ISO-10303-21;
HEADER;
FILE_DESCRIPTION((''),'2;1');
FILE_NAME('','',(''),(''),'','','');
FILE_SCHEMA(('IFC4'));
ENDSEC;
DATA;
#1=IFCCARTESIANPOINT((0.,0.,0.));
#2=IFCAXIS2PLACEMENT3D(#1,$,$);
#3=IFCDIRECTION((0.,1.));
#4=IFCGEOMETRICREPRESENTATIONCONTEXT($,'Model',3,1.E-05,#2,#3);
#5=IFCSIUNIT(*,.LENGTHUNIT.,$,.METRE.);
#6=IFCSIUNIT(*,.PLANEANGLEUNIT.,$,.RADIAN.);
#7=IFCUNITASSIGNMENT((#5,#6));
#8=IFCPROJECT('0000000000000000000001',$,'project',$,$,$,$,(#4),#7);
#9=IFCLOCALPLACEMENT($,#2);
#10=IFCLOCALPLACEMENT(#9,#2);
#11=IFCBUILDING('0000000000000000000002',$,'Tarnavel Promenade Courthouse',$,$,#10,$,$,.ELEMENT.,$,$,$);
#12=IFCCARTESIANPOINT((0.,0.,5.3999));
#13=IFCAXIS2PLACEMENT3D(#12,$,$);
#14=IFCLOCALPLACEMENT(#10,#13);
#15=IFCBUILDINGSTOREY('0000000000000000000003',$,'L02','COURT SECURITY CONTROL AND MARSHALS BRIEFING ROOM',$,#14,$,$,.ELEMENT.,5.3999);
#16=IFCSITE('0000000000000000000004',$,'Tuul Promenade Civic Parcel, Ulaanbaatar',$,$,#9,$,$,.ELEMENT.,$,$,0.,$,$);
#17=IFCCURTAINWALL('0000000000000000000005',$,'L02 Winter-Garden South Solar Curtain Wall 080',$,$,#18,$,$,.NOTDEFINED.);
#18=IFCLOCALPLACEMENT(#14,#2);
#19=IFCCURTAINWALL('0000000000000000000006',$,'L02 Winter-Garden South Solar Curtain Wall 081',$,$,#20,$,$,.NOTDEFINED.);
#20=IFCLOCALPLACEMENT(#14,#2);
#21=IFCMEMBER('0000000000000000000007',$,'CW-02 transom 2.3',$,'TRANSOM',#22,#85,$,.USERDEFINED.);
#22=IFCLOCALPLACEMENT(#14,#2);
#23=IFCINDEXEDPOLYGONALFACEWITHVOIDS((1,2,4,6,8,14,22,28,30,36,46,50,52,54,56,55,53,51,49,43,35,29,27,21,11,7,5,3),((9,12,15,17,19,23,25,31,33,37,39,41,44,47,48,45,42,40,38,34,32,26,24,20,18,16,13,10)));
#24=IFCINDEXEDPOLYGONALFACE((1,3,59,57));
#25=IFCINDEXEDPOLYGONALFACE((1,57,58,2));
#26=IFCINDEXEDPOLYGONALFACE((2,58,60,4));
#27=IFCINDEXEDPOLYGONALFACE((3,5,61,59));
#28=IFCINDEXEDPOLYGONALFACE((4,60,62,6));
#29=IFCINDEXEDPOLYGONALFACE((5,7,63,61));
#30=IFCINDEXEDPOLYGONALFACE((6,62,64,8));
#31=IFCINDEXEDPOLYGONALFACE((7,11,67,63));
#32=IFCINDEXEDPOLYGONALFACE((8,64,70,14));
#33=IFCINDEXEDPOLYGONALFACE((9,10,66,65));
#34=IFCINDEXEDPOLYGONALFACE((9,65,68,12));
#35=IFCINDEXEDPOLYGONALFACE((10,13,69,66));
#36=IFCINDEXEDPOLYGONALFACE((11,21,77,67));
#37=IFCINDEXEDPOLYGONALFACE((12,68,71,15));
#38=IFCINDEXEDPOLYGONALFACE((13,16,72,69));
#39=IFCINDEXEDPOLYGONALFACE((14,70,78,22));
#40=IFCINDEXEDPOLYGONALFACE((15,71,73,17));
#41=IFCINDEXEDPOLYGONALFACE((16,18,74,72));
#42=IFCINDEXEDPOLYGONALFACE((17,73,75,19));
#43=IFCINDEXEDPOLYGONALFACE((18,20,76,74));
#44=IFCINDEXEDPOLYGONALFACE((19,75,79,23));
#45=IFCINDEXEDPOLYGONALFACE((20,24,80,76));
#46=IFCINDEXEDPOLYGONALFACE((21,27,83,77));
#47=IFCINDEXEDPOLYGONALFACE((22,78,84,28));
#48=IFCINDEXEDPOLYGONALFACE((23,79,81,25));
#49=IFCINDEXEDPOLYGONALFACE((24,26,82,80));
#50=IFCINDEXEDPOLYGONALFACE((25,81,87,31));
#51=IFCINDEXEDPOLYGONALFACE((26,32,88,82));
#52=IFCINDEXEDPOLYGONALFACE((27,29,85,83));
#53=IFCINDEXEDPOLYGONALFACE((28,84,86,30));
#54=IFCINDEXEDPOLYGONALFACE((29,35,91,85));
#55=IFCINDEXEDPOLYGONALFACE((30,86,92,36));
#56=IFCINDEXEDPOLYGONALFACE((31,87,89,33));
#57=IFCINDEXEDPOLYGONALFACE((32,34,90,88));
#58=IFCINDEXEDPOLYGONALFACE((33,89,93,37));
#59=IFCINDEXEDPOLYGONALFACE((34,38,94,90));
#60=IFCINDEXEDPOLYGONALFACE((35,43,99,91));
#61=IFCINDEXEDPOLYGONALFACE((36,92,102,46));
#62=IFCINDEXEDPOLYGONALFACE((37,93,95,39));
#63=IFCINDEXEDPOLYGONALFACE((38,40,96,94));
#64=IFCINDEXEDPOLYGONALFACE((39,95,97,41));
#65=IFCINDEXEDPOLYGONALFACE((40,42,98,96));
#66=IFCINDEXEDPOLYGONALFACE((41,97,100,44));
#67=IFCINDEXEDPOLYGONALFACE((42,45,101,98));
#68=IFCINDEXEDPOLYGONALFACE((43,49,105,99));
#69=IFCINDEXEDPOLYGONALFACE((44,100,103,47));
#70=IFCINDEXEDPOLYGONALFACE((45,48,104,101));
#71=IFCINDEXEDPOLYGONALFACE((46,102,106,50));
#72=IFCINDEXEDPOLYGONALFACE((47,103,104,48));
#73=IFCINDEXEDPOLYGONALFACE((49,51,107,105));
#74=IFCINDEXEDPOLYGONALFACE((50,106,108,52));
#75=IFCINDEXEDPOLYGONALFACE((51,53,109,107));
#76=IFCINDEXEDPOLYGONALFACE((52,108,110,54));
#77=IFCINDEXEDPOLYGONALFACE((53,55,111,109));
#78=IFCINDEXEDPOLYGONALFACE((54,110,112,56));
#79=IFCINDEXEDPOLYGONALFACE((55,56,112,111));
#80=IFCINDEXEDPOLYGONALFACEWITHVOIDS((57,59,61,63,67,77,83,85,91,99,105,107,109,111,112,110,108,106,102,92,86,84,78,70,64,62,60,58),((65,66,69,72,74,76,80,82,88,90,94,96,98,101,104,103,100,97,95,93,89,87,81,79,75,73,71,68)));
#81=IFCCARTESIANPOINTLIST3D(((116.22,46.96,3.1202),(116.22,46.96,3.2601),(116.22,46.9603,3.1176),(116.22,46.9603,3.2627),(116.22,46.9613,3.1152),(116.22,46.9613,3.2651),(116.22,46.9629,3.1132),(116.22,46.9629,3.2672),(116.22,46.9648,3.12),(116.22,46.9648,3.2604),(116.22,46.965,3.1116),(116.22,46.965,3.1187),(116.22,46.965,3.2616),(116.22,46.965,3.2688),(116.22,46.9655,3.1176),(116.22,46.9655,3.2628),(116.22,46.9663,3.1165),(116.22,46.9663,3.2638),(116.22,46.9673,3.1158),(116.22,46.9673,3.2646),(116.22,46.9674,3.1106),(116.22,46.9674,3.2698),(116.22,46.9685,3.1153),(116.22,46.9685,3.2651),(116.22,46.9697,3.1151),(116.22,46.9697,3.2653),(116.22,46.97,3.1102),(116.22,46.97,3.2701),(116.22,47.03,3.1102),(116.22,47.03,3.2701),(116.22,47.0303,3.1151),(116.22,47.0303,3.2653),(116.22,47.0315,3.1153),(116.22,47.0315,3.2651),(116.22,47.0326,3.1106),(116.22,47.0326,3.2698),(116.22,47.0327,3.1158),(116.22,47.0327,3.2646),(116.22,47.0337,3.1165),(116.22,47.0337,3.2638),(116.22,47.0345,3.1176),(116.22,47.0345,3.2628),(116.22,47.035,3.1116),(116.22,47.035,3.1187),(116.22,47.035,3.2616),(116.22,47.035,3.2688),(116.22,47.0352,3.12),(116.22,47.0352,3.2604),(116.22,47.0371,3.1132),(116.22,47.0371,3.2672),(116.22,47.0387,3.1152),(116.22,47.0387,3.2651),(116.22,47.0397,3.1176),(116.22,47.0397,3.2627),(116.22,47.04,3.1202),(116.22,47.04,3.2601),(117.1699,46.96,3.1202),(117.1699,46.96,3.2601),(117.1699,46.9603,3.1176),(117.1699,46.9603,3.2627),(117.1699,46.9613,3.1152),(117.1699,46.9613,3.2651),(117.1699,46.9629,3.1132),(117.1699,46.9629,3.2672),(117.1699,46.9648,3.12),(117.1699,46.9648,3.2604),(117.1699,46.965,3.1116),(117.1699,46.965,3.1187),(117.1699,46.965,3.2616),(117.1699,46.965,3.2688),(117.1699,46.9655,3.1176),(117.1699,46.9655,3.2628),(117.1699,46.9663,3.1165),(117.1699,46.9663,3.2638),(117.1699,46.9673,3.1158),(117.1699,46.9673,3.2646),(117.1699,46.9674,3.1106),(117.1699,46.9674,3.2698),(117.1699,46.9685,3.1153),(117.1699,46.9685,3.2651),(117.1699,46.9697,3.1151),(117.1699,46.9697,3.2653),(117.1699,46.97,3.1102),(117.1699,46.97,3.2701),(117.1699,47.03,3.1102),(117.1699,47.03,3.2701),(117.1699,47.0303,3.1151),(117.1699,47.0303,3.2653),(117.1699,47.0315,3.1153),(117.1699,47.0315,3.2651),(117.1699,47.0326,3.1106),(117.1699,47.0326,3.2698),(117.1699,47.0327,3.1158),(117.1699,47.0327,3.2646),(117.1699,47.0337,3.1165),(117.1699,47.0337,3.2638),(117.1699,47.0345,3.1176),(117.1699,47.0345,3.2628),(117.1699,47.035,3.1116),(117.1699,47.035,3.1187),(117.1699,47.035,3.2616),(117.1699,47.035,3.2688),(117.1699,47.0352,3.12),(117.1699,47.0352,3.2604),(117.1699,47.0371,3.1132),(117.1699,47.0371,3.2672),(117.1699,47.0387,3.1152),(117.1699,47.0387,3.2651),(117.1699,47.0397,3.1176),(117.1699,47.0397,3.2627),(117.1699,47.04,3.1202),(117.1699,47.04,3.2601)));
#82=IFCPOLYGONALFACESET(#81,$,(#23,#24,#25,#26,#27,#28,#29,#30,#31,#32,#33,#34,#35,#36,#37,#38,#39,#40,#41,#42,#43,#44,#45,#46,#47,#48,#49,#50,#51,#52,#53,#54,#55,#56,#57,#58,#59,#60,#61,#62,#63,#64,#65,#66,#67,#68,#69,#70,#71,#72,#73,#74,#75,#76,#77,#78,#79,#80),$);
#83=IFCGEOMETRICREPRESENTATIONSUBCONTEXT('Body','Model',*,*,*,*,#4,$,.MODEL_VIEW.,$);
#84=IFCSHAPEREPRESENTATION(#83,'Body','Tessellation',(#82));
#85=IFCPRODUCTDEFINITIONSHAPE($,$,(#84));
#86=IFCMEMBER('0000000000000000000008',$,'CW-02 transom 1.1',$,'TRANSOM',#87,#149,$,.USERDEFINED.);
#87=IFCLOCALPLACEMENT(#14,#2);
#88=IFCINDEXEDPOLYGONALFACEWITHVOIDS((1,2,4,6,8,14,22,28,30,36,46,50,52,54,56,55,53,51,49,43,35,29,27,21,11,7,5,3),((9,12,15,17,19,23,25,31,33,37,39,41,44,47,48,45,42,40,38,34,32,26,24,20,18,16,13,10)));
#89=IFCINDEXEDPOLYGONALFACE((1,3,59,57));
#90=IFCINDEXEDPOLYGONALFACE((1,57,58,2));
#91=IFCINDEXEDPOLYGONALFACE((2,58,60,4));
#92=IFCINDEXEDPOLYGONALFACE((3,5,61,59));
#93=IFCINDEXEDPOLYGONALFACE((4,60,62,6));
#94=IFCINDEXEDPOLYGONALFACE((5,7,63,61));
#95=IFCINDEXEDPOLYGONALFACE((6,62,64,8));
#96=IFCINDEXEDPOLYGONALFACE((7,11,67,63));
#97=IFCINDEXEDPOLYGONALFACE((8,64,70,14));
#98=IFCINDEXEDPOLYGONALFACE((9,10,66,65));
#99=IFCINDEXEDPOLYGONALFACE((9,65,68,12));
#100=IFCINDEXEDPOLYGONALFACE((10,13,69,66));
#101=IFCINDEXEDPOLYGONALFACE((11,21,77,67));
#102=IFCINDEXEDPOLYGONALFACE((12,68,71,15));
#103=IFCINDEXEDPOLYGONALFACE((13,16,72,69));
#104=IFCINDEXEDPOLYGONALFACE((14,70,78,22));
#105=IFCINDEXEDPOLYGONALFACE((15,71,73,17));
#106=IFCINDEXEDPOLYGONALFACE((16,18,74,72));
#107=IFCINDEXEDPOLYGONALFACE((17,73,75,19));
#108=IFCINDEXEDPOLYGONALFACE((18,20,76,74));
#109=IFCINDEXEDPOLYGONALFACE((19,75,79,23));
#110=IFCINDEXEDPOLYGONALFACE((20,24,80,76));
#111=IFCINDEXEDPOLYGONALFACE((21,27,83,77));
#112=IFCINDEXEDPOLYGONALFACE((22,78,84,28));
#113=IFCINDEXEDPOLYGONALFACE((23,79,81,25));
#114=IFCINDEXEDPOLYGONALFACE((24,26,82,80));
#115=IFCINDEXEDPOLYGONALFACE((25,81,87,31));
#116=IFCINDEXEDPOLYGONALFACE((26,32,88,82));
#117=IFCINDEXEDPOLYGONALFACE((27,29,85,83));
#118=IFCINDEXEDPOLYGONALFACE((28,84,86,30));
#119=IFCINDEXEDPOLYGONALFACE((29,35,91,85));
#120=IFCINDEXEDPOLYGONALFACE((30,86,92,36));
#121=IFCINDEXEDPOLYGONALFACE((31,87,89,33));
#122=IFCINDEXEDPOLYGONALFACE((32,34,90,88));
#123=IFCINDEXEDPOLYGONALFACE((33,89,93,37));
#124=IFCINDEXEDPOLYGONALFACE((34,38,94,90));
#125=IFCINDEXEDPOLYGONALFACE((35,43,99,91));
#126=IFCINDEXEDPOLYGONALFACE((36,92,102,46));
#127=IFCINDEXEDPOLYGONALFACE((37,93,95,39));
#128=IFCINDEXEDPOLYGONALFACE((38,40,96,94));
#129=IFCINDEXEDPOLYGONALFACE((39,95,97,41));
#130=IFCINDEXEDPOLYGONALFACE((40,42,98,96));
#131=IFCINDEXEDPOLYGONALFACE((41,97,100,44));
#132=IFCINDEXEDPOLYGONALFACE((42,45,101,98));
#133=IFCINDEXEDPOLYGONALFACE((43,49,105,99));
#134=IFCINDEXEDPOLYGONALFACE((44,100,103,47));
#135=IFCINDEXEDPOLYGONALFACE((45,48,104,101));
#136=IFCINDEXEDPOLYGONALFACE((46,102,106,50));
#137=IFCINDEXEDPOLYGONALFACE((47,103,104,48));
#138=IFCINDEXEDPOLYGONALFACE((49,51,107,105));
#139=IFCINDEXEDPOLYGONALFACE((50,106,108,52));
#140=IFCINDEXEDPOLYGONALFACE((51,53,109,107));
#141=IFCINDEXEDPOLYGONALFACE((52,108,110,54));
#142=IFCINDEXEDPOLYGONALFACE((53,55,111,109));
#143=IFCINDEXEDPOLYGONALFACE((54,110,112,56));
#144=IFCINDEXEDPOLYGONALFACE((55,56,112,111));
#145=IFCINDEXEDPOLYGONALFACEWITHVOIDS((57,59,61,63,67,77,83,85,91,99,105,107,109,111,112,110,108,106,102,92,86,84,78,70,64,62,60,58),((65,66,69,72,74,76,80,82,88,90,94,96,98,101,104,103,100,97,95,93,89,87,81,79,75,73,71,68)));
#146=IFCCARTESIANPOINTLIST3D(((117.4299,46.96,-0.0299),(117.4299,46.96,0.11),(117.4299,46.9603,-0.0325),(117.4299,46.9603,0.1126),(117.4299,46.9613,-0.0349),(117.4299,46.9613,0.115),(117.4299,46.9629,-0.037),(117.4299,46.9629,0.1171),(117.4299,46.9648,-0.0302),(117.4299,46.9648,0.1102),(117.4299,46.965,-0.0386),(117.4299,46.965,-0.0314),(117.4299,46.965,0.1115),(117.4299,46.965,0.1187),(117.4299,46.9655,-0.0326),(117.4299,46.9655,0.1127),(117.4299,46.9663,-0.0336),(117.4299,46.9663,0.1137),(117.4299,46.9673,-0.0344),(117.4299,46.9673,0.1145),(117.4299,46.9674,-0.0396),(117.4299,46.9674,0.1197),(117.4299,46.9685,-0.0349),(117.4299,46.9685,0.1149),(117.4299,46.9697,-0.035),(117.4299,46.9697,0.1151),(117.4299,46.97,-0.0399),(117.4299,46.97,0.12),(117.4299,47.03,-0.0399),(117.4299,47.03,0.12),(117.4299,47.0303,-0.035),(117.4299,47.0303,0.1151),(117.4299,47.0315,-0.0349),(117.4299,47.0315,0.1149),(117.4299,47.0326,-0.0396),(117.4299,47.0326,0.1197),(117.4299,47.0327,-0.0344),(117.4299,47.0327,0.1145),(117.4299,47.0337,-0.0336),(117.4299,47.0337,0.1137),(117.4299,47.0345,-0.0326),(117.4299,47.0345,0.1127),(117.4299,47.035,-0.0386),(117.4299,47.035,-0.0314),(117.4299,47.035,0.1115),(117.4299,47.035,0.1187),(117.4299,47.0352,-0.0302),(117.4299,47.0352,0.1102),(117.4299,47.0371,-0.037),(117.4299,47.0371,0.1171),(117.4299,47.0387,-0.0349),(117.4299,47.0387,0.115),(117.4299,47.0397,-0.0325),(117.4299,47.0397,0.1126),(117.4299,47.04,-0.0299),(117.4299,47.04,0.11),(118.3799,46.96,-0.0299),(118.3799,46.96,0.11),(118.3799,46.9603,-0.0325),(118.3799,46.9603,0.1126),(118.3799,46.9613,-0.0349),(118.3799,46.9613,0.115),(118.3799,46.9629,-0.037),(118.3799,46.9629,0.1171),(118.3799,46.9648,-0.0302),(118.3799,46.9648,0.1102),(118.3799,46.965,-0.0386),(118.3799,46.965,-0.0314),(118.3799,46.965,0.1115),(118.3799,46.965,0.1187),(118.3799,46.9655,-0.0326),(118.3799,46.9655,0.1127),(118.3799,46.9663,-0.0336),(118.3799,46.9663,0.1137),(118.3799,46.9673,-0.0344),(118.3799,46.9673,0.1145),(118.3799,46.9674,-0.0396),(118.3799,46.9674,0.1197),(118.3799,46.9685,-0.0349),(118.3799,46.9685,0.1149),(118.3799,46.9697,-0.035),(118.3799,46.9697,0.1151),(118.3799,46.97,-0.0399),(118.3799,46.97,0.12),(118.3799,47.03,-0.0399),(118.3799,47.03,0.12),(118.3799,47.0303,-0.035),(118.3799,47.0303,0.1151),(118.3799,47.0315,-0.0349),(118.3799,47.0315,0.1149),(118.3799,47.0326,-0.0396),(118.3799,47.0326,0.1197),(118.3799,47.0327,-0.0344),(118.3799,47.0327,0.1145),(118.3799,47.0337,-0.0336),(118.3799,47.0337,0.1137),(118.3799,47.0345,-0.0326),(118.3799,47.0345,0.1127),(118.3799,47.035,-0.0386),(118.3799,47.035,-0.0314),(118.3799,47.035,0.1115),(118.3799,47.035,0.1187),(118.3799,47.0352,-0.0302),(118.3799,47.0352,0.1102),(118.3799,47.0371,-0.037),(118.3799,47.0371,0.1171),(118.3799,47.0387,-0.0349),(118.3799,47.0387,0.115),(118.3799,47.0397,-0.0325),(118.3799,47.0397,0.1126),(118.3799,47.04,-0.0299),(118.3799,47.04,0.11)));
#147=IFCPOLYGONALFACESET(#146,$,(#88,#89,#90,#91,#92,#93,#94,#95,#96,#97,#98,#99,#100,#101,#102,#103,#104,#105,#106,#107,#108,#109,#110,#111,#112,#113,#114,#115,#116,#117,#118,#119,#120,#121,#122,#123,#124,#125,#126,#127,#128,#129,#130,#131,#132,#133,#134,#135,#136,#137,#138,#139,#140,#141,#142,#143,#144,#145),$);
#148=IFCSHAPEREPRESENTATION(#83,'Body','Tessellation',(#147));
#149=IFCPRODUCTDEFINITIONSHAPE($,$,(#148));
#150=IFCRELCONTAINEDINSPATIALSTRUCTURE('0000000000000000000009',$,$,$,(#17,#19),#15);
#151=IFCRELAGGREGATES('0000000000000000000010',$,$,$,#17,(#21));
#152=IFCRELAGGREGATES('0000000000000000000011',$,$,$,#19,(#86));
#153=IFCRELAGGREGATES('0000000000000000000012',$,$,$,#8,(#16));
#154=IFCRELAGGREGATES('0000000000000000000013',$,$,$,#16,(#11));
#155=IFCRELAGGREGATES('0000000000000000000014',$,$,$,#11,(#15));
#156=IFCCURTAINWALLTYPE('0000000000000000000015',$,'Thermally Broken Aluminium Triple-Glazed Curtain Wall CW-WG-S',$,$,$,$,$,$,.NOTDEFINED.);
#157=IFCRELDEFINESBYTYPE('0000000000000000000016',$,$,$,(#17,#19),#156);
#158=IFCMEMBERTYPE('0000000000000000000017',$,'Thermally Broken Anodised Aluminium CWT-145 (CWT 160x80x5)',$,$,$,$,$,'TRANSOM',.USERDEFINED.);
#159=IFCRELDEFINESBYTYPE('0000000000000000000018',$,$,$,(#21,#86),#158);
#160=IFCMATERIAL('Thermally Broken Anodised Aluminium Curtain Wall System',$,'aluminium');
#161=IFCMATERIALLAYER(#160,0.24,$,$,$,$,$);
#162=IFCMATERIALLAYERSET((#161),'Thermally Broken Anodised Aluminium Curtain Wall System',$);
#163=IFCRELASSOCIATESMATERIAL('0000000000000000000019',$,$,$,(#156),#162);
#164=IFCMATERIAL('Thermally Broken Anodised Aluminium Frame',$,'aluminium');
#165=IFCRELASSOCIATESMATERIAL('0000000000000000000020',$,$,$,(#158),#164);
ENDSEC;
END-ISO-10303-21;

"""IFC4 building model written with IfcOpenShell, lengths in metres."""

from ifc_helpers import new_model, si_unit, direction, frame, origin, origin_2d, place, context, subcontext, project, spatial, hollow_rectangle, extrude, material, layer, layer_set, material_profile, profile_set, type_object, element, aggregate, save


model = new_model("IFC4")

# Units and contexts
model_context = context("Model", 3, precision=1e-05, world=origin(), true_north=direction((0.0, 1.0)))
body_context = subcontext(model_context, "Body", "Model", "MODEL_VIEW")
ifc_project = project(units=[si_unit("LENGTHUNIT", "METRE"), si_unit("PLANEANGLEUNIT", "RADIAN")], contexts=[model_context])

# Site, building, storey
site_placement = place(None, origin())
site = spatial("IfcSite", under=ifc_project, at=site_placement, Name="Tuul Promenade Civic Parcel, Ulaanbaatar", CompositionType="ELEMENT", RefElevation=0.0)
building_placement = place(site_placement, origin())
building = spatial("IfcBuilding", under=site, at=building_placement, Name="Tarnavel Promenade Courthouse", CompositionType="ELEMENT")
storey_placement = place(building_placement, frame((0.0, 0.0, 5.3999)))
storey = spatial("IfcBuildingStorey", under=building, at=storey_placement, Name="L02", Description="COURT SECURITY CONTROL AND MARSHALS BRIEFING ROOM", CompositionType="ELEMENT", Elevation=5.3999)

# Curtain walls
ifc_material_1 = material(Name="Thermally Broken Anodised Aluminium Curtain Wall System", Category="aluminium")
ifc_layer_1 = layer(ifc_material_1, 0.24)
ifc_layer_set_1 = layer_set([ifc_layer_1], Name="Thermally Broken Anodised Aluminium Curtain Wall System")
curtain_wall_type = type_object("IfcCurtainWallType", Name="Thermally Broken Aluminium Triple-Glazed Curtain Wall CW-WG-S", PredefinedType="NOTDEFINED", material=ifc_layer_set_1)
curtain_wall_1_placement = place(storey_placement, origin())
curtain_wall_1 = element("IfcCurtainWall", 1, at=curtain_wall_1_placement, inside=storey, type_object=curtain_wall_type, Name="L02 Winter-Garden South Solar Curtain Wall 080", PredefinedType="NOTDEFINED")
ifc_material_2 = material(Name="Thermally Broken Anodised Aluminium Frame", Category="aluminium")
curtain_wall_2_placement = place(storey_placement, origin())
curtain_wall_2 = element("IfcCurtainWall", 2, at=curtain_wall_2_placement, inside=storey, type_object=curtain_wall_type, Name="L02 Winter-Garden South Solar Curtain Wall 081", PredefinedType="NOTDEFINED")

# Members
ifc_material_profile_1 = material_profile(ifc_material_2, hollow_rectangle(XDim=0.0801, YDim=0.1599, WallThickness=0.0049, InnerFilletRadius=0.0049, OuterFilletRadius=0.01, at=origin_2d()), Name="CWT 160x80x5")
ifc_profile_set_1 = profile_set([ifc_material_profile_1], Name="Thermally Broken Anodised Aluminium Frame")
member_type_1 = type_object("IfcMemberType", Name="Thermally Broken Anodised Aluminium CWT-145 (CWT 160x80x5)", ElementType="TRANSOM", PredefinedType="USERDEFINED", material=ifc_profile_set_1)
member_1_placement = place(storey_placement, frame((116.22, 47.0, 3.1902), z_axis=(1.0, 0.0, 0.0), x_axis=(0.0, 1.0, 0.0)))
member_1 = element("IfcMember", 3, at=member_1_placement, type_object=member_type_1, Name="CW-02 transom 2.3", ObjectType="TRANSOM", PredefinedType="USERDEFINED", context=body_context, shape_type="SweptSolid", body=[
    extrude(hollow_rectangle(XDim=0.0801, YDim=0.1599, WallThickness=0.0049, InnerFilletRadius=0.0049, OuterFilletRadius=0.01, at=origin_2d()), origin(), (0.0, 0.0, 1.0), 0.95),
])
member_2_placement = place(storey_placement, frame((117.4299, 47.0, 0.04), z_axis=(1.0, 0.0, 0.0), x_axis=(0.0, 1.0, 0.0)))
member_2 = element("IfcMember", 4, at=member_2_placement, type_object=member_type_1, Name="CW-02 transom 1.1", ObjectType="TRANSOM", PredefinedType="USERDEFINED", context=body_context, shape_type="SweptSolid", body=[
    extrude(hollow_rectangle(XDim=0.0801, YDim=0.1599, WallThickness=0.0049, InnerFilletRadius=0.0049, OuterFilletRadius=0.01, at=origin_2d()), origin(), (0.0, 0.0, 1.0), 0.95),
])

aggregate(curtain_wall_1, [member_1])
aggregate(curtain_wall_2, [member_2])

save(model, "model.ifc")
